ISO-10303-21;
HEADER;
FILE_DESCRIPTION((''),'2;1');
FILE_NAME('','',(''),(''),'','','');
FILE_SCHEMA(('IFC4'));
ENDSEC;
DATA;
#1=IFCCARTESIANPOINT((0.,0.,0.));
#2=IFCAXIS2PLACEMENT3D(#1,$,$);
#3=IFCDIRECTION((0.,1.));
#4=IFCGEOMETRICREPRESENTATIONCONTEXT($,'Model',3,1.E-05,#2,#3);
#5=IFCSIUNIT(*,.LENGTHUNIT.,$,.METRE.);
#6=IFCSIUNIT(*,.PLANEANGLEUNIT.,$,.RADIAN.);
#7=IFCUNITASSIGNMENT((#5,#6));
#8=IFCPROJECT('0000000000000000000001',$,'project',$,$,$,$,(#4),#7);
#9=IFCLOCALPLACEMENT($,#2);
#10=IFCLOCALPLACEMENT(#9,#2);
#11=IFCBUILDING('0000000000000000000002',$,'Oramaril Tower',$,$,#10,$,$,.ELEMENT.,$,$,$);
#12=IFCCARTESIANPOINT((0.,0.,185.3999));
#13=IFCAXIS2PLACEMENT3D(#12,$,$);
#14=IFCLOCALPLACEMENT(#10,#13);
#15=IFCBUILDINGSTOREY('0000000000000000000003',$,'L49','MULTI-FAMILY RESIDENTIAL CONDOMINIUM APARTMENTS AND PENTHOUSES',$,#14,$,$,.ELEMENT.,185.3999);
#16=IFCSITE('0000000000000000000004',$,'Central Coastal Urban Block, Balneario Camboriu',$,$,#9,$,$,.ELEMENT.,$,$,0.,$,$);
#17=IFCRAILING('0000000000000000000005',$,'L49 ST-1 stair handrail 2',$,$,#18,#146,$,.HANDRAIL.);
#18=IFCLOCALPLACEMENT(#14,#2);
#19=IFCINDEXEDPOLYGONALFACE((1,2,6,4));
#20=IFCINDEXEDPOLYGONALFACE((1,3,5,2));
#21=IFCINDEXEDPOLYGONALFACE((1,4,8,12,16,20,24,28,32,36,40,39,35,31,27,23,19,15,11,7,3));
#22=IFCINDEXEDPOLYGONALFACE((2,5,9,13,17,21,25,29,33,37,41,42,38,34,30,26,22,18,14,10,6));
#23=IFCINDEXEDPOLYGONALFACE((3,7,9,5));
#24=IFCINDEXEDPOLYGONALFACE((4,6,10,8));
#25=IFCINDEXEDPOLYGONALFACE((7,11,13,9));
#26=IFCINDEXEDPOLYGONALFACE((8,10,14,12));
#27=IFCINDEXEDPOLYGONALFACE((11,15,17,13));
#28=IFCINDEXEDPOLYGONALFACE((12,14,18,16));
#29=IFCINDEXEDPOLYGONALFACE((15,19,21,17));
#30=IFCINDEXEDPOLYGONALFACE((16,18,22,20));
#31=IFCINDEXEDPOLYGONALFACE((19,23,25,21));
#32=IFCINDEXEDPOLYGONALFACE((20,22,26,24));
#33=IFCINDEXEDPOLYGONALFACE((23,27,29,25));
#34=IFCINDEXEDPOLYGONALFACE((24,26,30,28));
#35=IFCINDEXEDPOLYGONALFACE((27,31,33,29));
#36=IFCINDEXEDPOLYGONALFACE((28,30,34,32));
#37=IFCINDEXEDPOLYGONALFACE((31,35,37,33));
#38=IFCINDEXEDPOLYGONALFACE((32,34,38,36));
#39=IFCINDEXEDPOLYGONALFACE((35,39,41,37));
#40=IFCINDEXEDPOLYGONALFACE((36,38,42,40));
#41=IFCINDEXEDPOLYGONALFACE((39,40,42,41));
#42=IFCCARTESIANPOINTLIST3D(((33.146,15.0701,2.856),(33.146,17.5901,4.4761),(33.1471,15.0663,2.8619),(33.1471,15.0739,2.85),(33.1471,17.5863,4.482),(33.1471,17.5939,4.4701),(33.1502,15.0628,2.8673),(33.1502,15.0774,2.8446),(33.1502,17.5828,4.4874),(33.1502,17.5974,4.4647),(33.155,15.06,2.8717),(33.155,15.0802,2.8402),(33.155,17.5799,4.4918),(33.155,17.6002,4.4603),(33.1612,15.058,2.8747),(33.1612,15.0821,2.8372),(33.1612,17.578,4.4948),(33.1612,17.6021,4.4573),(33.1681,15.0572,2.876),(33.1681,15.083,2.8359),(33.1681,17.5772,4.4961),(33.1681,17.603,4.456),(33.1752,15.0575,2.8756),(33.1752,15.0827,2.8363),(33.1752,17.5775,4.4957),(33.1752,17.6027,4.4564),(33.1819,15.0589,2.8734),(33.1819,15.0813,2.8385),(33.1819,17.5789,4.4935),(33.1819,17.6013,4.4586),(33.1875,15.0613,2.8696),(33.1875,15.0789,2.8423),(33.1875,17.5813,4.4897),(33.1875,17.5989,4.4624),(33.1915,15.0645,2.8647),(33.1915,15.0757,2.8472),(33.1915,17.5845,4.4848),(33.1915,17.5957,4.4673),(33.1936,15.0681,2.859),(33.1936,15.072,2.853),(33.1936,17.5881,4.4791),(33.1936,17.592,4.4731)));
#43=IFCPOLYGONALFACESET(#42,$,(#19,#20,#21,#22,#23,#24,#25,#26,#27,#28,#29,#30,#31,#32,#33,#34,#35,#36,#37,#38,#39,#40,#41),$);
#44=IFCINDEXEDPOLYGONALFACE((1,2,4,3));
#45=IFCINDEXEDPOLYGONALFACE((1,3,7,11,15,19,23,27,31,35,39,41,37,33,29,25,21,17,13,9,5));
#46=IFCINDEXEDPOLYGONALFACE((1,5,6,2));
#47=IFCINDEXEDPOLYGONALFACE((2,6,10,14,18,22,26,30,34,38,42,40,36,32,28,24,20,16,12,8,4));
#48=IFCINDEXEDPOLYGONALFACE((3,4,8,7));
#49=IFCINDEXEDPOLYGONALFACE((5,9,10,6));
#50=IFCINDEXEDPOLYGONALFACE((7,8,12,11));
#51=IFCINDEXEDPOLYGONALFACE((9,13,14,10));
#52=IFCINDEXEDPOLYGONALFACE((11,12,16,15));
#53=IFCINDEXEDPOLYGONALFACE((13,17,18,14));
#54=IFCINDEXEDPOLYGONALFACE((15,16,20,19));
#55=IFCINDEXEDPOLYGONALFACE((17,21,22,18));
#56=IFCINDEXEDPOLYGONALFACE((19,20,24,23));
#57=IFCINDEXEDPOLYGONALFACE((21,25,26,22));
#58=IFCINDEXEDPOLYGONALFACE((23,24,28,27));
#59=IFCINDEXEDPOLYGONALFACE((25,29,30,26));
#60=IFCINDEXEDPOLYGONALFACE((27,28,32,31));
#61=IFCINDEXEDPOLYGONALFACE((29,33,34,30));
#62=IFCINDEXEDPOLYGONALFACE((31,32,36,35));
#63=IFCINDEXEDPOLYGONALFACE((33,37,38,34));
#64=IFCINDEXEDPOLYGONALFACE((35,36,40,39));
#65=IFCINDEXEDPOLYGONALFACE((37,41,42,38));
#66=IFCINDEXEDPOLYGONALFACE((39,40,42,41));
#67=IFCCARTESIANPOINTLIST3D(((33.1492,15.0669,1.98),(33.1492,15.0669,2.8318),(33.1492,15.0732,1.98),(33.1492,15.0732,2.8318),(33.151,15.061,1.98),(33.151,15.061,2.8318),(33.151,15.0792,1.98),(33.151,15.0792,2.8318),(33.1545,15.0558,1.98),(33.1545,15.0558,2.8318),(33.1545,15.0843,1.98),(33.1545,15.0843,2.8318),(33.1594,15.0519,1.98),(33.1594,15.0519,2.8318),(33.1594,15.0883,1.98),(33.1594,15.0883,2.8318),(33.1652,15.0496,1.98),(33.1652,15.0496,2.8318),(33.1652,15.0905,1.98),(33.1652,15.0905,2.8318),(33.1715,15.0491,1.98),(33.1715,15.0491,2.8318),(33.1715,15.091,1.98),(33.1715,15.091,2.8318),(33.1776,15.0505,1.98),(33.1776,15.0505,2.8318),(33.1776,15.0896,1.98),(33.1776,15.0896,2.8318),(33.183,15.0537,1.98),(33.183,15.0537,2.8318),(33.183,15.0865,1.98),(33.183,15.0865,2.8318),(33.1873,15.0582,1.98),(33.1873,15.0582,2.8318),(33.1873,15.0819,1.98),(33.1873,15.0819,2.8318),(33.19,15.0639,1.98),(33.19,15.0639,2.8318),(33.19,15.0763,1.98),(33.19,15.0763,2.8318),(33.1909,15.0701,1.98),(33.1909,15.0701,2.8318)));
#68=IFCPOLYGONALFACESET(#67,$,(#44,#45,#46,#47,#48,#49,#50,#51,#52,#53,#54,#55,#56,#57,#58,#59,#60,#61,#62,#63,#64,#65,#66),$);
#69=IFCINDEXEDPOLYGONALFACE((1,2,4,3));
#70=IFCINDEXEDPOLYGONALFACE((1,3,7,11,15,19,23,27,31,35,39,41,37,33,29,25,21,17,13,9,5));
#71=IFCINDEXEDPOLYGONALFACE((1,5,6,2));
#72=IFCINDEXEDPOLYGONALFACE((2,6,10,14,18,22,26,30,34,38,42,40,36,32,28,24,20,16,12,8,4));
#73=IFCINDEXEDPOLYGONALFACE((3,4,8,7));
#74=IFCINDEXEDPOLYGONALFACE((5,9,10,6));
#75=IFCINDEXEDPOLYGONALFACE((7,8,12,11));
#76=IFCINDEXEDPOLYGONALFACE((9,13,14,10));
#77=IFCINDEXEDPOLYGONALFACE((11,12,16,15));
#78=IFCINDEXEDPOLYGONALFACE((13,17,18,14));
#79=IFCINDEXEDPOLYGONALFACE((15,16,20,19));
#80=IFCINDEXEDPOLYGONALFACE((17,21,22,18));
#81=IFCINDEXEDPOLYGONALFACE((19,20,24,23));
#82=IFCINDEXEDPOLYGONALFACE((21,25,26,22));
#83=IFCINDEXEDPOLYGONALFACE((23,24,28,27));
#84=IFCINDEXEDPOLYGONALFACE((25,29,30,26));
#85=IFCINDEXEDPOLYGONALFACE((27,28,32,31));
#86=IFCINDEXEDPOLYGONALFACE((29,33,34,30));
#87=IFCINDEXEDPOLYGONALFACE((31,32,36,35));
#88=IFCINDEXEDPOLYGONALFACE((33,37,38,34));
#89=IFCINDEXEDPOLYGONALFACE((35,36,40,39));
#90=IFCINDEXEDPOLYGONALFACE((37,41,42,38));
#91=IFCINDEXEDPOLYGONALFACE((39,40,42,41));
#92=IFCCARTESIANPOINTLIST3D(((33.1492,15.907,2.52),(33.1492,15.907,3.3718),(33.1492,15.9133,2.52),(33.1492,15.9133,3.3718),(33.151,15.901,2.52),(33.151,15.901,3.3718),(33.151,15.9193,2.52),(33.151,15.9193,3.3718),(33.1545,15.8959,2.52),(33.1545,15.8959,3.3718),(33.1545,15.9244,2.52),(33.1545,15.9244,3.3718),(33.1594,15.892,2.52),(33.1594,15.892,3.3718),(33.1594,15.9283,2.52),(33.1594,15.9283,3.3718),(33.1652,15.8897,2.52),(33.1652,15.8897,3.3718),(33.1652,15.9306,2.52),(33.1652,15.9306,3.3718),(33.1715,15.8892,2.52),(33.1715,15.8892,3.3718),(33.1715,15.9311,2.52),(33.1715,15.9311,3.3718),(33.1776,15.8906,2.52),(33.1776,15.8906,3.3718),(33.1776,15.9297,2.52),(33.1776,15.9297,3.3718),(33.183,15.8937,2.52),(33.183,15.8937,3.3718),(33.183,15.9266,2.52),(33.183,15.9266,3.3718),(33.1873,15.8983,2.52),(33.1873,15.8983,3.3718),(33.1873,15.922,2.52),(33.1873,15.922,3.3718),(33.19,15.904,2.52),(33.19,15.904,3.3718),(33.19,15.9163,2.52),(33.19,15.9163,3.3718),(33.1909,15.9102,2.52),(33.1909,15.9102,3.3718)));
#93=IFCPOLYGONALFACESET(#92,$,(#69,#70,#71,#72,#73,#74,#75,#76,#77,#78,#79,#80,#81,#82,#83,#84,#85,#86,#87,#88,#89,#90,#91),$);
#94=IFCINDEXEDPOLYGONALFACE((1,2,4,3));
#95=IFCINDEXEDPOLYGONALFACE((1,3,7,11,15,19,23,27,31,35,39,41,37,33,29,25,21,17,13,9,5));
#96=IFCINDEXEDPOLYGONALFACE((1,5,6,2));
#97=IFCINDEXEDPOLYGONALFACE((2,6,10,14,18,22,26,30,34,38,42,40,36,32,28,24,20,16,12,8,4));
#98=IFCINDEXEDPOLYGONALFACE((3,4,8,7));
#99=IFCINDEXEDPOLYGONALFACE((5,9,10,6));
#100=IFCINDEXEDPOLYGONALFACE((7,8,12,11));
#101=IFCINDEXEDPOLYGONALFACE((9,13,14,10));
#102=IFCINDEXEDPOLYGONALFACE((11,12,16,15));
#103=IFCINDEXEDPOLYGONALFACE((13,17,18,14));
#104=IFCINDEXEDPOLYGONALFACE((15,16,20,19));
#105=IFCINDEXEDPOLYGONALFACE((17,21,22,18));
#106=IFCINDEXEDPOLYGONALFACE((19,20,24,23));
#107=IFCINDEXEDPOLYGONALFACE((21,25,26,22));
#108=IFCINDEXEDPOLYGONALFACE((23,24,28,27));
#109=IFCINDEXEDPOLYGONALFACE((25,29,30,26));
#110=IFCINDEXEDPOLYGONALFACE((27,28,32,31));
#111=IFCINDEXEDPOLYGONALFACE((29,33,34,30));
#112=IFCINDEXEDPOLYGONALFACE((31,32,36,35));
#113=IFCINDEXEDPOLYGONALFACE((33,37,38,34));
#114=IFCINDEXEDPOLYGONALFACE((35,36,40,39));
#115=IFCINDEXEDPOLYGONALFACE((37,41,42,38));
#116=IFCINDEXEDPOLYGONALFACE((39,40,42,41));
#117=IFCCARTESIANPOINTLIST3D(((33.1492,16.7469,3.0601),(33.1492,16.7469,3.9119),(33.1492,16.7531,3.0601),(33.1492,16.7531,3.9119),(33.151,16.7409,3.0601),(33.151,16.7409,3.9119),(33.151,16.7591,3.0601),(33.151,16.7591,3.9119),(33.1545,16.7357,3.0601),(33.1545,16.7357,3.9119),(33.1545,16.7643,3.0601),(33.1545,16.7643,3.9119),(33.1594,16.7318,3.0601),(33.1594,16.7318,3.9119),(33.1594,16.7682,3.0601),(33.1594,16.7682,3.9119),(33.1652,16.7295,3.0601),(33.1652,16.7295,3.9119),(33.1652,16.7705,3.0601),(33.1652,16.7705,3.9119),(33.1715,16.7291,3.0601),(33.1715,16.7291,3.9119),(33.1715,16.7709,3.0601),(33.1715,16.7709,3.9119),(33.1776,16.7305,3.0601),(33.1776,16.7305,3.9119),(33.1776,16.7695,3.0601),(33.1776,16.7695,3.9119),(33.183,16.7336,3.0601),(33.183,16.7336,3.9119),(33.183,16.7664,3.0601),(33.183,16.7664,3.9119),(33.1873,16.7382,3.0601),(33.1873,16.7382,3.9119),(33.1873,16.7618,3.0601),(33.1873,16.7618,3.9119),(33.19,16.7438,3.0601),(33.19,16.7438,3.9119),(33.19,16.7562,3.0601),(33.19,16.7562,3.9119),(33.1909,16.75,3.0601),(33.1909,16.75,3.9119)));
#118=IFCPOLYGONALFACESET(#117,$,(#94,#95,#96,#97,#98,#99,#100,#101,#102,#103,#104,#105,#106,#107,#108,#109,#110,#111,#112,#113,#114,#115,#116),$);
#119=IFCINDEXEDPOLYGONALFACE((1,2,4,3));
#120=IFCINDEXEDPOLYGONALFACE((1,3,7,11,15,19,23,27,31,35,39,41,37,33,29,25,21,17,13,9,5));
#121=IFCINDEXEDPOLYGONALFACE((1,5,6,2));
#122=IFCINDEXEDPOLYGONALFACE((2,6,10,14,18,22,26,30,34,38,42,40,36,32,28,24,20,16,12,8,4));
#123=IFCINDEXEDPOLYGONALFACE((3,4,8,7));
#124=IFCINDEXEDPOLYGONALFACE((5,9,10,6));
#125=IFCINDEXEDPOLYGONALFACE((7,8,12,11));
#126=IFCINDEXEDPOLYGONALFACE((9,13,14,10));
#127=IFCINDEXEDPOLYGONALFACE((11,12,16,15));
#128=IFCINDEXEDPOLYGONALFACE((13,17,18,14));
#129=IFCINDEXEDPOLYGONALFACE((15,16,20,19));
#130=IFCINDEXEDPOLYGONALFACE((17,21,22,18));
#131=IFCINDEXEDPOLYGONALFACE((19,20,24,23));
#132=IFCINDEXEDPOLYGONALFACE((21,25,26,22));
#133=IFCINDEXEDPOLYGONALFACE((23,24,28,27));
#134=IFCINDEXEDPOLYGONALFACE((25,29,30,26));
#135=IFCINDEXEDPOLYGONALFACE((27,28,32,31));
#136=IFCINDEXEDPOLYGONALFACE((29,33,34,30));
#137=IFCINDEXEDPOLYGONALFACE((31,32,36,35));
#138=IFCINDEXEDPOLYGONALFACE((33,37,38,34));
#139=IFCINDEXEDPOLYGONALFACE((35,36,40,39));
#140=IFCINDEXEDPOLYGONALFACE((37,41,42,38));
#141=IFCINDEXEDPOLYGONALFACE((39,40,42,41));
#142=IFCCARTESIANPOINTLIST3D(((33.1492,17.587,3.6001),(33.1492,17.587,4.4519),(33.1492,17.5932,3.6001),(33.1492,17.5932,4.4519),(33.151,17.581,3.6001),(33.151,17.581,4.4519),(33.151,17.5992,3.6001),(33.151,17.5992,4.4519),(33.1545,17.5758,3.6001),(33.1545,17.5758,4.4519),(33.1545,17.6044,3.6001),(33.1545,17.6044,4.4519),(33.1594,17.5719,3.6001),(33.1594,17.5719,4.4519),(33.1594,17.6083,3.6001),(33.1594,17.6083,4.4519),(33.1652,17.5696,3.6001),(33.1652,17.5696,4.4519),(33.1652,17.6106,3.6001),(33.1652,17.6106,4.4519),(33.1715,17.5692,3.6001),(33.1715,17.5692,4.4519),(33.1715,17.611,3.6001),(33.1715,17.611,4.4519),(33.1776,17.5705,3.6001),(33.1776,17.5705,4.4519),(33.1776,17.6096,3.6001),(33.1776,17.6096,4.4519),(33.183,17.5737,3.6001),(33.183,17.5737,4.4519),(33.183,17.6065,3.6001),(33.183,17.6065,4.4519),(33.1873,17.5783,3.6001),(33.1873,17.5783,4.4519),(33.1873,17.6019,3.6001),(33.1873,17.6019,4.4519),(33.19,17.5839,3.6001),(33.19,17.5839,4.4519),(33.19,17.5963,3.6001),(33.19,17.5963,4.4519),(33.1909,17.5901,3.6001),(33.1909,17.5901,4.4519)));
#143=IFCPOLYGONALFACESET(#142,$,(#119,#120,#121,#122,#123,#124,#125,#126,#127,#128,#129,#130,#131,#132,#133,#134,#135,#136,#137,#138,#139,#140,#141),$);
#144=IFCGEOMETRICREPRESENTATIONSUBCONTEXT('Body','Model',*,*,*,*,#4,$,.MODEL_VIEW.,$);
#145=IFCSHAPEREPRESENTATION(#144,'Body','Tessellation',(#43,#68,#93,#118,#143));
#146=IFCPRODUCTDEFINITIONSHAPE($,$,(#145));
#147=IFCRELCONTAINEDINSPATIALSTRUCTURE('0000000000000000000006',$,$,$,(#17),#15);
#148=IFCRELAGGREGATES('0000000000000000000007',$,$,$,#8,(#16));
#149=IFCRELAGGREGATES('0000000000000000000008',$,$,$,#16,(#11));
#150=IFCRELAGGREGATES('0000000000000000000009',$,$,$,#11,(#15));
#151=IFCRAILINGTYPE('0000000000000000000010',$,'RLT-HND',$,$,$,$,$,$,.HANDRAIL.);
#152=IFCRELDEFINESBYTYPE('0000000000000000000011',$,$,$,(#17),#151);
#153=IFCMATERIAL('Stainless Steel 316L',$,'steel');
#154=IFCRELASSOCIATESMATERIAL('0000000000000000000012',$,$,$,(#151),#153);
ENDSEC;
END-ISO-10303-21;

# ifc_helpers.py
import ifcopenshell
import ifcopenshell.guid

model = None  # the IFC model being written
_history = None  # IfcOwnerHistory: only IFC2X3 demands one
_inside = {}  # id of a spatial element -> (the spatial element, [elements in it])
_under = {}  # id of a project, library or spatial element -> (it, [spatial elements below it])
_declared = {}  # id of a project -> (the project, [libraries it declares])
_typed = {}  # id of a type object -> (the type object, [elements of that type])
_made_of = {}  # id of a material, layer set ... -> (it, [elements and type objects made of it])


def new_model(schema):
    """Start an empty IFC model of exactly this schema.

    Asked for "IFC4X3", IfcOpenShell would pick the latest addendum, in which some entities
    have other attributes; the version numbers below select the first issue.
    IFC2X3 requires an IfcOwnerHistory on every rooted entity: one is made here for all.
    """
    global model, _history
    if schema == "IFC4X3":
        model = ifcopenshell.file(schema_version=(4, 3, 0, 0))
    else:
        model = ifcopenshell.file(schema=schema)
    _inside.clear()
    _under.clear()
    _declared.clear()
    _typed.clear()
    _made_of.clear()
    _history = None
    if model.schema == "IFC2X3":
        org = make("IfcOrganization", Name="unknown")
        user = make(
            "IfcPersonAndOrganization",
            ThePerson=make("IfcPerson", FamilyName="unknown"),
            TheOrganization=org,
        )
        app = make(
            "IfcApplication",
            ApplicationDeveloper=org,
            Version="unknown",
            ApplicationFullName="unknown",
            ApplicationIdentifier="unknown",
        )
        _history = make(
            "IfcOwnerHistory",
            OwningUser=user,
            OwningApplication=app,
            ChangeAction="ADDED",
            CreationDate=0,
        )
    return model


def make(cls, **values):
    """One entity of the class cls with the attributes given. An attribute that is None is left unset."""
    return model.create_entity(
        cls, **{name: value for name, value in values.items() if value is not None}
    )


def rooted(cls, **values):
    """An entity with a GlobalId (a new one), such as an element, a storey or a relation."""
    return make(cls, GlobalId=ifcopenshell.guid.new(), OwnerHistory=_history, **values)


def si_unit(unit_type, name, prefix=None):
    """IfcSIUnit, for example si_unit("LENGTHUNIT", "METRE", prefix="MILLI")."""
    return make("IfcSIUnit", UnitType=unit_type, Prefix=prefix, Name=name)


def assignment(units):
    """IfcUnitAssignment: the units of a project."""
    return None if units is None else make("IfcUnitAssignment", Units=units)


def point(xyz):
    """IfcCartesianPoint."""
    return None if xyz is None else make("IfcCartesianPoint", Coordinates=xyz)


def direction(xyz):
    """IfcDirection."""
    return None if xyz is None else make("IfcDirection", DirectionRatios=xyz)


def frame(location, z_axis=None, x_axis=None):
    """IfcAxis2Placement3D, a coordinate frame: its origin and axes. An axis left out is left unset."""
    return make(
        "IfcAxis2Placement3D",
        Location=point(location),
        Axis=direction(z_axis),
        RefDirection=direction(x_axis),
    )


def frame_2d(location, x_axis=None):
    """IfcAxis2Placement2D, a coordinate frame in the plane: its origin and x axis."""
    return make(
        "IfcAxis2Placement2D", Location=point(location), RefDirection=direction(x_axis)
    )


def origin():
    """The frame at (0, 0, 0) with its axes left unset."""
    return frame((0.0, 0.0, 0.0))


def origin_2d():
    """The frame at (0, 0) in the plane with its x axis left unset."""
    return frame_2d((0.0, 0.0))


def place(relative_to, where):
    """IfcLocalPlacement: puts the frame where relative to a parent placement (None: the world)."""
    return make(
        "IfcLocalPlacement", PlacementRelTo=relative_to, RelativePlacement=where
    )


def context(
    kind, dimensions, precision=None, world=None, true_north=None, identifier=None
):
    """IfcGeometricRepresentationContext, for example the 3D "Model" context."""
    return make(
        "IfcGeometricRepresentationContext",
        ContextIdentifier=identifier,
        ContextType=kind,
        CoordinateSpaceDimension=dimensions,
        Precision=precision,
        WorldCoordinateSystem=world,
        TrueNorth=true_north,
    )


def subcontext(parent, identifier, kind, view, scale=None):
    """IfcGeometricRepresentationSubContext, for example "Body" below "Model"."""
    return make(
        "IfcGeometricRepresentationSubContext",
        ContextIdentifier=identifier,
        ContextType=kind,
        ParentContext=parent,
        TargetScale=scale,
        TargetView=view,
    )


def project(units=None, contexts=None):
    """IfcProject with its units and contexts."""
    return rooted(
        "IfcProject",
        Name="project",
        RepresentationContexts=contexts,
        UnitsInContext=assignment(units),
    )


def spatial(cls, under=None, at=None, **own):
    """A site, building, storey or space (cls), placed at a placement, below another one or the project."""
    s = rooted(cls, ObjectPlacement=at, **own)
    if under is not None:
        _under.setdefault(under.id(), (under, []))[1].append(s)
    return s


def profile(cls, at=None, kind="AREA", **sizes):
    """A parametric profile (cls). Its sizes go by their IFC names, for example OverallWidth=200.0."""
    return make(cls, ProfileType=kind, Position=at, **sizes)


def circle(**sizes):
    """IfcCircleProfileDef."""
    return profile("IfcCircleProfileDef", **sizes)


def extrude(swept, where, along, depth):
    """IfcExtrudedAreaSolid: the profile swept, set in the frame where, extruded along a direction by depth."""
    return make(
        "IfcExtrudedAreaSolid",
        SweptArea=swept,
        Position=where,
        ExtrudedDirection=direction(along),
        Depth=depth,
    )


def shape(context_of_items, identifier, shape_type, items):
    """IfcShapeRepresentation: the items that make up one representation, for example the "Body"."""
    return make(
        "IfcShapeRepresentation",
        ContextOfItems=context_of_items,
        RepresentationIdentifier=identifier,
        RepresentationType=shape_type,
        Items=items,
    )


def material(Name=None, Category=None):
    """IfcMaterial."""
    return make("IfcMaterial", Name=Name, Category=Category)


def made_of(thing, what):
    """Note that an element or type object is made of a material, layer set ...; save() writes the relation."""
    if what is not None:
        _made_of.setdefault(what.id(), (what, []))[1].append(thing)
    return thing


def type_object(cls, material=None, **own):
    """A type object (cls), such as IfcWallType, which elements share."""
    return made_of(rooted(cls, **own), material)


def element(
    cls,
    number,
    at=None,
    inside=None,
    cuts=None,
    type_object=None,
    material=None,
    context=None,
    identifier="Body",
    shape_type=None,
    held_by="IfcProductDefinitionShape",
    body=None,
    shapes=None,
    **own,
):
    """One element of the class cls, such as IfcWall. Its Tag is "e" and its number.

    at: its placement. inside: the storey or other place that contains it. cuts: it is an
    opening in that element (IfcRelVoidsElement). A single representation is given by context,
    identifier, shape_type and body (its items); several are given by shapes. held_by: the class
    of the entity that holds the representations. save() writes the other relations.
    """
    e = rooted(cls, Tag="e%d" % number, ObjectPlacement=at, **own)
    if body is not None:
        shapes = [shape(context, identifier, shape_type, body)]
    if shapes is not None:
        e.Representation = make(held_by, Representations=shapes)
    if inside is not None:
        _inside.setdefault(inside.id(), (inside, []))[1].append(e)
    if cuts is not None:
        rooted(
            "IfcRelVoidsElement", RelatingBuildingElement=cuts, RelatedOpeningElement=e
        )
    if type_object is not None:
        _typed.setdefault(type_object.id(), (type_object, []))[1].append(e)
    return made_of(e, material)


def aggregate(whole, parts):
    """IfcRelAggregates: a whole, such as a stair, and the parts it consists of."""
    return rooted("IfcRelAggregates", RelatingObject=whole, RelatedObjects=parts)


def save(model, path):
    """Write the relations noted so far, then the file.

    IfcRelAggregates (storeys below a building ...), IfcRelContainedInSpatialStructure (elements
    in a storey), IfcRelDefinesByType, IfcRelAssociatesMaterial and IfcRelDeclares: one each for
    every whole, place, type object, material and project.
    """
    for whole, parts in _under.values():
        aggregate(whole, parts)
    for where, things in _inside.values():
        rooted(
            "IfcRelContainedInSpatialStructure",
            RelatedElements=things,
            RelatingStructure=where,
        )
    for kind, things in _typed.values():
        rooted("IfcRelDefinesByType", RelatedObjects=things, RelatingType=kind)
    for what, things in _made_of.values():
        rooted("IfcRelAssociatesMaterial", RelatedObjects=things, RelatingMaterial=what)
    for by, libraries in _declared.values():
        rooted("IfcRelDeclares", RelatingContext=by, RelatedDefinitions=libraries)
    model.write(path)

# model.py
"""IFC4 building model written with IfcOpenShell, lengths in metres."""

from ifc_helpers import new_model, si_unit, direction, frame, origin, origin_2d, place, context, subcontext, project, spatial, circle, extrude, material, type_object, element, save


model = new_model("IFC4")

# Units and contexts
model_context = context("Model", 3, precision=1e-05, world=origin(), true_north=direction((0.0, 1.0)))
body_context = subcontext(model_context, "Body", "Model", "MODEL_VIEW")
ifc_project = project(units=[si_unit("LENGTHUNIT", "METRE"), si_unit("PLANEANGLEUNIT", "RADIAN")], contexts=[model_context])

# Site, building, storey
site_placement = place(None, origin())
site = spatial("IfcSite", under=ifc_project, at=site_placement, Name="Central Coastal Urban Block, Balneario Camboriu", CompositionType="ELEMENT", RefElevation=0.0)
building_placement = place(site_placement, origin())
building = spatial("IfcBuilding", under=site, at=building_placement, Name="Oramaril Tower", CompositionType="ELEMENT")
storey_placement = place(building_placement, frame((0.0, 0.0, 185.3999)))
storey = spatial("IfcBuildingStorey", under=building, at=storey_placement, Name="L49", Description="MULTI-FAMILY RESIDENTIAL CONDOMINIUM APARTMENTS AND PENTHOUSES", CompositionType="ELEMENT", Elevation=185.3999)

# Railing
ifc_material_1 = material(Name="Stainless Steel 316L", Category="steel")
railing_type_1 = type_object("IfcRailingType", Name="RLT-HND", PredefinedType="HANDRAIL", material=ifc_material_1)
for number, where, name in (
    (1, (33.1699, 15.0701, 1.98), "L49 ST-1 stair handrail 2"),
):
    element("IfcRailing", number, at=place(storey_placement, frame(where)), inside=storey, type_object=railing_type_1, Name=name, PredefinedType="HANDRAIL", context=body_context, shape_type="SweptSolid", body=[
        extrude(circle(Radius=0.0239, at=origin_2d()), frame((0.0, 0.0, 0.876), z_axis=(0.0, 0.841163, 0.540782), x_axis=(-1.0, 0.0, 0.0)), (0.0, 0.0, 1.0), 2.9958),
        extrude(circle(Radius=0.021, at=origin_2d()), origin(), (0.0, 0.0, 1.0), 0.8518),
        extrude(circle(Radius=0.021, at=origin_2d()), frame((0.0, 0.8401, 0.54)), (0.0, 0.0, 1.0), 0.8518),
        extrude(circle(Radius=0.021, at=origin_2d()), frame((0.0, 1.6799, 1.0801)), (0.0, 0.0, 1.0), 0.8518),
        extrude(circle(Radius=0.021, at=origin_2d()), frame((0.0, 2.52, 1.6201)), (0.0, 0.0, 1.0), 0.8518),
    ])

save(model, "model.ifc")
